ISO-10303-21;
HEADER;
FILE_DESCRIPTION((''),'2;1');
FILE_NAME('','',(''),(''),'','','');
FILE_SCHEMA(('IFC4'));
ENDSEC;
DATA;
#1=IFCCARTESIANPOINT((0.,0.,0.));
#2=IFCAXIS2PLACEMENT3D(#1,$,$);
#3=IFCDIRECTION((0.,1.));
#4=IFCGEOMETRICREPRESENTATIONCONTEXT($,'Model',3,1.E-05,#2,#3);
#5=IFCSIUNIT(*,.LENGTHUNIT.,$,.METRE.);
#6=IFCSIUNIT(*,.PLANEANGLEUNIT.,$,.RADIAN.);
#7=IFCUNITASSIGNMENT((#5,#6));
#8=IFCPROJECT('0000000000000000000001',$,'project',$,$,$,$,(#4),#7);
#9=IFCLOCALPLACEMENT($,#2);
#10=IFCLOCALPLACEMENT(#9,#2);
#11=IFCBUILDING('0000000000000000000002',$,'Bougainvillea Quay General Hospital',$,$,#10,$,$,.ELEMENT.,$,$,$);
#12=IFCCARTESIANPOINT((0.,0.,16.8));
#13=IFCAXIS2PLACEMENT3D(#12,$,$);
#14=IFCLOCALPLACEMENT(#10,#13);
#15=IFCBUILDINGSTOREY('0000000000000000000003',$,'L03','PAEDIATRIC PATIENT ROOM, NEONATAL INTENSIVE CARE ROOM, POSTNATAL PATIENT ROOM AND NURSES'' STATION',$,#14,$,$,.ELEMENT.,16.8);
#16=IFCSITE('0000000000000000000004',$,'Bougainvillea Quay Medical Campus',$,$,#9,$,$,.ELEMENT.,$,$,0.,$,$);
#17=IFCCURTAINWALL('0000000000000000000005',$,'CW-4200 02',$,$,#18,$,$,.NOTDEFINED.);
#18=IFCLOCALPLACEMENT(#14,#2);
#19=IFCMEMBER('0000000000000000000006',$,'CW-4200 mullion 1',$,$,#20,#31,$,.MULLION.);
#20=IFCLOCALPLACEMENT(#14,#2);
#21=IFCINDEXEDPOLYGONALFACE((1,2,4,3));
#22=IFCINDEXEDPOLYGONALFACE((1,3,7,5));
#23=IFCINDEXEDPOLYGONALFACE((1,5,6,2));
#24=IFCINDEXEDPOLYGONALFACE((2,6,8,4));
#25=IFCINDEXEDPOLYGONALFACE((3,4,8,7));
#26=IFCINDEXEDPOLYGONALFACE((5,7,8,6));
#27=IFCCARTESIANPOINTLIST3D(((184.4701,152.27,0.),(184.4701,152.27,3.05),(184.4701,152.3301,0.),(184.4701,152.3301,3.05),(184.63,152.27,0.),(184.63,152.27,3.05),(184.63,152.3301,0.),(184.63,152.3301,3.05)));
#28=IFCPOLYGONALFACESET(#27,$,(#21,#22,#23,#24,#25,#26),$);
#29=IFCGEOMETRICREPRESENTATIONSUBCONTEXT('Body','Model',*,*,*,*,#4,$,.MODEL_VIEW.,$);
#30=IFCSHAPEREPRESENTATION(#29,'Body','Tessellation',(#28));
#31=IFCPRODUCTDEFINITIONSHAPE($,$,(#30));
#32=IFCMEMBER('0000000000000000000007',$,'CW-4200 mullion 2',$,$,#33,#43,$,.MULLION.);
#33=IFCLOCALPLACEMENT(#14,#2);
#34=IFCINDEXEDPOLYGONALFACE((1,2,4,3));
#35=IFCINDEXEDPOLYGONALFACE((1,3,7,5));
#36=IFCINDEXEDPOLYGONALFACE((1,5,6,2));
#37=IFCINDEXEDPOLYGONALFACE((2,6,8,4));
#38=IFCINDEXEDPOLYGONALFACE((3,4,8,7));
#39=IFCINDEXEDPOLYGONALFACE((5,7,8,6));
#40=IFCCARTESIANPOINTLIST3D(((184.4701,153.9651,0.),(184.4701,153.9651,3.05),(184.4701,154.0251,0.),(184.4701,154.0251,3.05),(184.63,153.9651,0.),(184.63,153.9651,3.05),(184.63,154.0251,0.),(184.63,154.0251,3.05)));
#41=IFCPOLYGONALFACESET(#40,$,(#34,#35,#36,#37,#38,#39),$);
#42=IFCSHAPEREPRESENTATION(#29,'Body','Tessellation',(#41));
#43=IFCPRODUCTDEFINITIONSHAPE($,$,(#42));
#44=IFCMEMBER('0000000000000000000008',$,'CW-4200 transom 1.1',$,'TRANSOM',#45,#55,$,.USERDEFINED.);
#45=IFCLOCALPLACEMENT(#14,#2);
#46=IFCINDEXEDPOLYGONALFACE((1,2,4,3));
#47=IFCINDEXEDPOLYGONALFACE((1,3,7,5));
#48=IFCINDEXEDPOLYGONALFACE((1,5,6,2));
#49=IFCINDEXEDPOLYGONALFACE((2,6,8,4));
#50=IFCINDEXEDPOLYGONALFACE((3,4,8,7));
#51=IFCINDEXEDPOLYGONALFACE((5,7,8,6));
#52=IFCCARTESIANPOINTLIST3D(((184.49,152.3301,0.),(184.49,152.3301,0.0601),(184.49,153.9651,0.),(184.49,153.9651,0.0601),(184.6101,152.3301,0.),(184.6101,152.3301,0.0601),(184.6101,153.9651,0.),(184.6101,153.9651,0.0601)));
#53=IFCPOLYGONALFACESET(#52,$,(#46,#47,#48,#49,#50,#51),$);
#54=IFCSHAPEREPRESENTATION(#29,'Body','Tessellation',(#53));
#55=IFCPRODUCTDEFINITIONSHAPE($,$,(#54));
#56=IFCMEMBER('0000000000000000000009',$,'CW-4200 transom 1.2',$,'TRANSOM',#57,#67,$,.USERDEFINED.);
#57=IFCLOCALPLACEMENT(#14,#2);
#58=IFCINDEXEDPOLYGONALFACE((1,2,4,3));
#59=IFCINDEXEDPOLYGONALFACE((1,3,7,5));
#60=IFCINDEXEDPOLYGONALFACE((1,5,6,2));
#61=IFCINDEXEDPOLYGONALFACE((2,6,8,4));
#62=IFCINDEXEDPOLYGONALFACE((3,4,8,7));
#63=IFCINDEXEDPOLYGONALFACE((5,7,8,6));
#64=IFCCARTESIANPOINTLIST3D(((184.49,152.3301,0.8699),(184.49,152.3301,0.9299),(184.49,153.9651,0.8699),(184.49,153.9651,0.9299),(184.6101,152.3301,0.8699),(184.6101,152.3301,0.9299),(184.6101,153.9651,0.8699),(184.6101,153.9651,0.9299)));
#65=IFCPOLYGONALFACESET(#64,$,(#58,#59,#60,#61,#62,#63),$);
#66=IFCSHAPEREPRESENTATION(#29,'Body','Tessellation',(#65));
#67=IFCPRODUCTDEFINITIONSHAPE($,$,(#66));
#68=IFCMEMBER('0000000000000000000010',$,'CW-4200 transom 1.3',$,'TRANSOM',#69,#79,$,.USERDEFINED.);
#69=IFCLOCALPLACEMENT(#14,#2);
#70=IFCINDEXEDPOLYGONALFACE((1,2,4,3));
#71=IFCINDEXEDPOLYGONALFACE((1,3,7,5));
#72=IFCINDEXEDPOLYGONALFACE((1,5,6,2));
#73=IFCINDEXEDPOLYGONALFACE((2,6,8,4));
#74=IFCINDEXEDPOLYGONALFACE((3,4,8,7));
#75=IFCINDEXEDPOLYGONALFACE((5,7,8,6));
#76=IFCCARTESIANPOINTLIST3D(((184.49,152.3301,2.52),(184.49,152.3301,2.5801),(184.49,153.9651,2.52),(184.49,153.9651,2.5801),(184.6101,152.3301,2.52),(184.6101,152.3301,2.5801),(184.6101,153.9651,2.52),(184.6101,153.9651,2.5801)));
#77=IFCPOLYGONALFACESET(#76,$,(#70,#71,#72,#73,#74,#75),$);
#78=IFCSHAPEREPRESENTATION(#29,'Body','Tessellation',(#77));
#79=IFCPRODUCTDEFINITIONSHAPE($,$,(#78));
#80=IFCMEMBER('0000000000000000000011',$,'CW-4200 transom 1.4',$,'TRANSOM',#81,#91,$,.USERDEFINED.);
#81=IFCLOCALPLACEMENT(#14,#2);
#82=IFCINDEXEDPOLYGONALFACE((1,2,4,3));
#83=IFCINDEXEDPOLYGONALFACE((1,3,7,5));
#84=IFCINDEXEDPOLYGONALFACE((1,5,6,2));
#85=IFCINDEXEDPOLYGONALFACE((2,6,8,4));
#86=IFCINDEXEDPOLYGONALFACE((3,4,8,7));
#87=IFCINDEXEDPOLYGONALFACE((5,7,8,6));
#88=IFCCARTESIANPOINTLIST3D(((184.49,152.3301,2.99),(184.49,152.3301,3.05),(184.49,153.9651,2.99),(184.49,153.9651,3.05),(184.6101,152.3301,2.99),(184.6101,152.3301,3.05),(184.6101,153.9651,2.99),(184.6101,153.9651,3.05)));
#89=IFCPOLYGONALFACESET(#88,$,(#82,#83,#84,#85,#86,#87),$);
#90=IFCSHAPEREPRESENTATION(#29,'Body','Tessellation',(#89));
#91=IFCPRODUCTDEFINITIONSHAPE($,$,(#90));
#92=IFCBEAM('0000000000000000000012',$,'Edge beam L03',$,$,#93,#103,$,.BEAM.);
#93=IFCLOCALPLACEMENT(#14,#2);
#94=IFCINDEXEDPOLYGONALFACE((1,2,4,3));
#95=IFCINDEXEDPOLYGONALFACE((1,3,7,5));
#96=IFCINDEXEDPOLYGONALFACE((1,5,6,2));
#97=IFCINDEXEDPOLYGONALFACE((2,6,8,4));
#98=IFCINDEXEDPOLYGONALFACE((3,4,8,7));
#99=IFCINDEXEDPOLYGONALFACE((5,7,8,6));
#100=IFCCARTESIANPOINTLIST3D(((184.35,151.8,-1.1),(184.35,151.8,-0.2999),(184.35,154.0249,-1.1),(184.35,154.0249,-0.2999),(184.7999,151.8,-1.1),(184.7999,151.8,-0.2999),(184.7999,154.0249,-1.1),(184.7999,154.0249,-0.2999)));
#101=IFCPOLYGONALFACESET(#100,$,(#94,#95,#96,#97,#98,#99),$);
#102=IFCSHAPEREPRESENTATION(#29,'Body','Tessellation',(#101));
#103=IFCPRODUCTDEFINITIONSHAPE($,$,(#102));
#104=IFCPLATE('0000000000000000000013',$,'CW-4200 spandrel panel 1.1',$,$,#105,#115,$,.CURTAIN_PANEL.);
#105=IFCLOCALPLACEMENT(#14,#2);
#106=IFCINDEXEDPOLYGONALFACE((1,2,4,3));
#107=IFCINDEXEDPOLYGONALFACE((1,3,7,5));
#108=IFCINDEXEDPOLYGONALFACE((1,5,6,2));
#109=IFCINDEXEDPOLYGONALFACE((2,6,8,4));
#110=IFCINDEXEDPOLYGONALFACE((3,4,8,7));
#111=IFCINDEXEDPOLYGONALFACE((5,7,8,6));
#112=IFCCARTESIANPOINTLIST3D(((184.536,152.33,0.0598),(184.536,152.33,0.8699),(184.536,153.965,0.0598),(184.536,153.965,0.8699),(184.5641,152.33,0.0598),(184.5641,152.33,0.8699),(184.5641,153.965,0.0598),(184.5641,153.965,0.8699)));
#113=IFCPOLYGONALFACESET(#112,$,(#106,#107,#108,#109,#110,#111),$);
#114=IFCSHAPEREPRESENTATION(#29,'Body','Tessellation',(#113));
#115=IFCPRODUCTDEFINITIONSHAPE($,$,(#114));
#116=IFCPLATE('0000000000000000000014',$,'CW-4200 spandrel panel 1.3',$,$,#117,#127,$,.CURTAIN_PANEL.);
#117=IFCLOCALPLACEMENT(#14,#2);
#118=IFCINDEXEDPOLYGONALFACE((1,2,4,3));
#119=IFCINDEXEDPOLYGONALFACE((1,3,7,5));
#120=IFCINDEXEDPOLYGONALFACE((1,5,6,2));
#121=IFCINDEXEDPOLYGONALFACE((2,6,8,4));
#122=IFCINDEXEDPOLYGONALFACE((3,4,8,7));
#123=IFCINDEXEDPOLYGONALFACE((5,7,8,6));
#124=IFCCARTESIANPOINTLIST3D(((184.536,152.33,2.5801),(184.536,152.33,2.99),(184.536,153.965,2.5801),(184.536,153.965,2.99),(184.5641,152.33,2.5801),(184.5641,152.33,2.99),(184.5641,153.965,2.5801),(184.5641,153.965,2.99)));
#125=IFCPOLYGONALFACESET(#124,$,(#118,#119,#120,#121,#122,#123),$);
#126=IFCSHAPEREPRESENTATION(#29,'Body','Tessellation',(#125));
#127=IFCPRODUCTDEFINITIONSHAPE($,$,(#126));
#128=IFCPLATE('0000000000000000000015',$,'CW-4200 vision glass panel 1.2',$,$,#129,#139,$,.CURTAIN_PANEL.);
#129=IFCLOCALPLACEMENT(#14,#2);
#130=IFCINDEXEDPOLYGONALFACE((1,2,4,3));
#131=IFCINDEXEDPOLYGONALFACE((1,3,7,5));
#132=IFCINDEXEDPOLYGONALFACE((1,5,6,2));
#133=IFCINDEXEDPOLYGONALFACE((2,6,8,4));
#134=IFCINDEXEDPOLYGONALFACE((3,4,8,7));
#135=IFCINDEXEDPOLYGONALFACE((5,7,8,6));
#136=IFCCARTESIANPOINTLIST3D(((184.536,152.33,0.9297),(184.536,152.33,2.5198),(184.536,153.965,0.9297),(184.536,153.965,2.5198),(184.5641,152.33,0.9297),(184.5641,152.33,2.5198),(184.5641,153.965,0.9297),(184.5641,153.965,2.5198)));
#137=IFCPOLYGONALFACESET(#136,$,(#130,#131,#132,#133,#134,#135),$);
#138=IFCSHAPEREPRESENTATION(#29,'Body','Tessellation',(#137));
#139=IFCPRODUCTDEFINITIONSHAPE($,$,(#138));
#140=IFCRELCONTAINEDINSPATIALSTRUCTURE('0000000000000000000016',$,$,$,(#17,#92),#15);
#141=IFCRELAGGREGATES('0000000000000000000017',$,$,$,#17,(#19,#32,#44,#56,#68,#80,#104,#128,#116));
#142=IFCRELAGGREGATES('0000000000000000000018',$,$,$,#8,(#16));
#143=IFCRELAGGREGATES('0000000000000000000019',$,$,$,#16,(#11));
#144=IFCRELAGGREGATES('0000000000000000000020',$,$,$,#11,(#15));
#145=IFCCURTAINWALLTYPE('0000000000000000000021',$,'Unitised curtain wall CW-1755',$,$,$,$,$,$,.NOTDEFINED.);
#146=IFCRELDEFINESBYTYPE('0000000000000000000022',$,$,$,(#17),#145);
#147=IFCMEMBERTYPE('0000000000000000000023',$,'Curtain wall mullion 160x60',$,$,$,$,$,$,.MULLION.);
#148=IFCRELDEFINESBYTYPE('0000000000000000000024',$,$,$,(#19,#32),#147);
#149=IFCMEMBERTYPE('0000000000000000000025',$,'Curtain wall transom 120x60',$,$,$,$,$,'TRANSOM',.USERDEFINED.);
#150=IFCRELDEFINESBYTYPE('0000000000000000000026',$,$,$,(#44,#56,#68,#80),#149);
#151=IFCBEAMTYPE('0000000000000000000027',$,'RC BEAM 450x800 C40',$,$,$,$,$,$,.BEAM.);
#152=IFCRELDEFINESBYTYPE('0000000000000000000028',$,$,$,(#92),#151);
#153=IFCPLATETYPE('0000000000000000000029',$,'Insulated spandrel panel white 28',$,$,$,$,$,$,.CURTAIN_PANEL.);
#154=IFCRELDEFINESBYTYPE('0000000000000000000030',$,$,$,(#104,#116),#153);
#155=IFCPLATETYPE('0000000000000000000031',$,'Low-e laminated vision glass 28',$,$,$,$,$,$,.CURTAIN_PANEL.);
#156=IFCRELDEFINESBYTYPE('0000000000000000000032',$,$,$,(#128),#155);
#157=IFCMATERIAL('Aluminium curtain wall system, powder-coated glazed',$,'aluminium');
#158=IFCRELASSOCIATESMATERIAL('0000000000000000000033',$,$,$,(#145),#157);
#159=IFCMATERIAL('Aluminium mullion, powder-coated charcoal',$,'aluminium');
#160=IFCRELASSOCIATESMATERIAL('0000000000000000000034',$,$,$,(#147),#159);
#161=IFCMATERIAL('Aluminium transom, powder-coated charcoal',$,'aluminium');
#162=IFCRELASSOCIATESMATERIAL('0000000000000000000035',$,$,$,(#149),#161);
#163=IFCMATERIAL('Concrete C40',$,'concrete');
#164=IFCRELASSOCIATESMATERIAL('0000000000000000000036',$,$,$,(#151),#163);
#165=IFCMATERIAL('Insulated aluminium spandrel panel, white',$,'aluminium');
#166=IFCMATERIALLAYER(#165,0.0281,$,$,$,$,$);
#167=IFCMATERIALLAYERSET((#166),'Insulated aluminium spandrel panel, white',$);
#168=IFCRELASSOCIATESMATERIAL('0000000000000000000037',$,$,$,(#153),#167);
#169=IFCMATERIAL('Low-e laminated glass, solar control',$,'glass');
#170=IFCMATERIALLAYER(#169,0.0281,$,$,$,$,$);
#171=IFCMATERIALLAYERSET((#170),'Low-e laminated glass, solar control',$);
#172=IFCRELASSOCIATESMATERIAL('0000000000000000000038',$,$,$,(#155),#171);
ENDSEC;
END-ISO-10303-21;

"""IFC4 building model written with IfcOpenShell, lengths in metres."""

from ifc_helpers import new_model, si_unit, direction, frame, origin, origin_2d, place, context, subcontext, project, spatial, rectangle, extrude, material, layer, layer_set, material_profile, profile_set, type_object, element, aggregate, save


model = new_model("IFC4")

# Units and contexts
model_context = context("Model", 3, precision=1e-05, world=origin(), true_north=direction((0.0, 1.0)))
body_context = subcontext(model_context, "Body", "Model", "MODEL_VIEW")
ifc_project = project(units=[si_unit("LENGTHUNIT", "METRE"), si_unit("PLANEANGLEUNIT", "RADIAN")], contexts=[model_context])

# Site, building, storey
site_placement = place(None, origin())
site = spatial("IfcSite", under=ifc_project, at=site_placement, Name="Bougainvillea Quay Medical Campus", CompositionType="ELEMENT", RefElevation=0.0)
building_placement = place(site_placement, origin())
building = spatial("IfcBuilding", under=site, at=building_placement, Name="Bougainvillea Quay General Hospital", CompositionType="ELEMENT")
storey_placement = place(building_placement, frame((0.0, 0.0, 16.8)))
storey = spatial("IfcBuildingStorey", under=building, at=storey_placement, Name="L03", Description="PAEDIATRIC PATIENT ROOM, NEONATAL INTENSIVE CARE ROOM, POSTNATAL PATIENT ROOM AND NURSES' STATION", CompositionType="ELEMENT", Elevation=16.8)

# Curtain wall, members
ifc_material_1 = material(Name="Aluminium curtain wall system, powder-coated glazed", Category="aluminium")
curtain_wall_type = type_object("IfcCurtainWallType", Name="Unitised curtain wall CW-1755", PredefinedType="NOTDEFINED", material=ifc_material_1)
curtain_wall_placement = place(storey_placement, origin())
curtain_wall = element("IfcCurtainWall", 1, at=curtain_wall_placement, inside=storey, type_object=curtain_wall_type, Name="CW-4200 02", PredefinedType="NOTDEFINED")
ifc_material_2 = material(Name="Aluminium mullion, powder-coated charcoal", Category="aluminium")
ifc_material_profile_1 = material_profile(ifc_material_2, rectangle(XDim=0.1599, YDim=0.0601, at=origin_2d()))
ifc_profile_set_1 = profile_set([ifc_material_profile_1], Name="Aluminium mullion, powder-coated charcoal")
member_type_1 = type_object("IfcMemberType", Name="Curtain wall mullion 160x60", PredefinedType="MULLION", material=ifc_profile_set_1)
member_1_placement = place(storey_placement, frame((184.55, 152.3, 0.0), z_axis=(0.0, 0.0, 1.0), x_axis=(-1.0, 0.0, 0.0)))
member_1 = element("IfcMember", 2, at=member_1_placement, type_object=member_type_1, Name="CW-4200 mullion 1", PredefinedType="MULLION", context=body_context, shape_type="SweptSolid", body=[
    extrude(rectangle(XDim=0.1599, YDim=0.0601, at=origin_2d()), origin(), (0.0, 0.0, 1.0), 3.05),
])
member_2_placement = place(storey_placement, frame((184.55, 153.9951, 0.0), z_axis=(0.0, 0.0, 1.0), x_axis=(-1.0, 0.0, 0.0)))
member_2 = element("IfcMember", 3, at=member_2_placement, type_object=member_type_1, Name="CW-4200 mullion 2", PredefinedType="MULLION", context=body_context, shape_type="SweptSolid", body=[
    extrude(rectangle(XDim=0.1599, YDim=0.0601, at=origin_2d()), origin(), (0.0, 0.0, 1.0), 3.05),
])
ifc_material_3 = material(Name="Aluminium transom, powder-coated charcoal", Category="aluminium")
ifc_material_profile_2 = material_profile(ifc_material_3, rectangle(XDim=0.1201, YDim=0.0601, at=origin_2d()))
ifc_profile_set_2 = profile_set([ifc_material_profile_2], Name="Aluminium transom, powder-coated charcoal")
member_type_2 = type_object("IfcMemberType", Name="Curtain wall transom 120x60", ElementType="TRANSOM", PredefinedType="USERDEFINED", material=ifc_profile_set_2)
member_3_placement = place(storey_placement, frame((184.55, 152.3301, 0.03), z_axis=(0.0, 1.0, 0.0), x_axis=(-1.0, 0.0, 0.0)))
member_3 = element("IfcMember", 4, at=member_3_placement, type_object=member_type_2, Name="CW-4200 transom 1.1", ObjectType="TRANSOM", PredefinedType="USERDEFINED", context=body_context, shape_type="SweptSolid", body=[
    extrude(rectangle(XDim=0.1201, YDim=0.0601, at=origin_2d()), origin(), (0.0, 0.0, 1.0), 1.635),
])
member_4_placement = place(storey_placement, frame((184.55, 152.3301, 0.8999), z_axis=(0.0, 1.0, 0.0), x_axis=(-1.0, 0.0, 0.0)))
member_4 = element("IfcMember", 5, at=member_4_placement, type_object=member_type_2, Name="CW-4200 transom 1.2", ObjectType="TRANSOM", PredefinedType="USERDEFINED", context=body_context, shape_type="SweptSolid", body=[
    extrude(rectangle(XDim=0.1201, YDim=0.0601, at=origin_2d()), origin(), (0.0, 0.0, 1.0), 1.635),
])
member_5_placement = place(storey_placement, frame((184.55, 152.3301, 2.55), z_axis=(0.0, 1.0, 0.0), x_axis=(-1.0, 0.0, 0.0)))
member_5 = element("IfcMember", 6, at=member_5_placement, type_object=member_type_2, Name="CW-4200 transom 1.3", ObjectType="TRANSOM", PredefinedType="USERDEFINED", context=body_context, shape_type="SweptSolid", body=[
    extrude(rectangle(XDim=0.1201, YDim=0.0601, at=origin_2d()), origin(), (0.0, 0.0, 1.0), 1.635),
])
member_6_placement = place(storey_placement, frame((184.55, 152.3301, 3.02), z_axis=(0.0, 1.0, 0.0), x_axis=(-1.0, 0.0, 0.0)))
member_6 = element("IfcMember", 7, at=member_6_placement, type_object=member_type_2, Name="CW-4200 transom 1.4", ObjectType="TRANSOM", PredefinedType="USERDEFINED", context=body_context, shape_type="SweptSolid", body=[
    extrude(rectangle(XDim=0.1201, YDim=0.0601, at=origin_2d()), origin(), (0.0, 0.0, 1.0), 1.635),
])

# Beam
ifc_material_4 = material(Name="Concrete C40", Category="concrete")
ifc_material_profile_3 = material_profile(ifc_material_4, rectangle(XDim=0.45, YDim=0.8, at=origin_2d()))
ifc_profile_set_3 = profile_set([ifc_material_profile_3], Name="Concrete C40")
beam_type = type_object("IfcBeamType", Name="RC BEAM 450x800 C40", PredefinedType="BEAM", material=ifc_profile_set_3)
beam_placement = place(storey_placement, frame((184.575, 151.8, -0.7), z_axis=(0.0, 1.0, 0.0), x_axis=(-1.0, 0.0, 0.0)))
element("IfcBeam", 8, at=beam_placement, inside=storey, type_object=beam_type, Name="Edge beam L03", PredefinedType="BEAM", context=body_context, shape_type="SweptSolid", body=[
    extrude(rectangle(XDim=0.45, YDim=0.8, at=origin_2d()), origin(), (0.0, 0.0, 1.0), 2.2249),
])

# Plates
ifc_material_5 = material(Name="Insulated aluminium spandrel panel, white", Category="aluminium")
ifc_layer_1 = layer(ifc_material_5, 0.0281)
ifc_layer_set_1 = layer_set([ifc_layer_1], Name="Insulated aluminium spandrel panel, white")
plate_type_1 = type_object("IfcPlateType", Name="Insulated spandrel panel white 28", PredefinedType="CURTAIN_PANEL", material=ifc_layer_set_1)
plate_1_placement = place(storey_placement, frame((184.55, 153.1475, 0.0598), z_axis=(0.0, 0.0, 1.0), x_axis=(0.0, 1.0, 0.0)))
plate_1 = element("IfcPlate", 9, at=plate_1_placement, type_object=plate_type_1, Name="CW-4200 spandrel panel 1.1", PredefinedType="CURTAIN_PANEL", context=body_context, shape_type="SweptSolid", body=[
    extrude(rectangle(XDim=1.635, YDim=0.0281, at=origin_2d()), origin(), (0.0, 0.0, 1.0), 0.8101),
])
plate_2_placement = place(storey_placement, frame((184.55, 153.1475, 2.5801), z_axis=(0.0, 0.0, 1.0), x_axis=(0.0, 1.0, 0.0)))
plate_2 = element("IfcPlate", 10, at=plate_2_placement, type_object=plate_type_1, Name="CW-4200 spandrel panel 1.3", PredefinedType="CURTAIN_PANEL", context=body_context, shape_type="SweptSolid", body=[
    extrude(rectangle(XDim=1.635, YDim=0.0281, at=origin_2d()), origin(), (0.0, 0.0, 1.0), 0.4099),
])
ifc_material_6 = material(Name="Low-e laminated glass, solar control", Category="glass")
ifc_layer_2 = layer(ifc_material_6, 0.0281)
ifc_layer_set_2 = layer_set([ifc_layer_2], Name="Low-e laminated glass, solar control")
plate_type_2 = type_object("IfcPlateType", Name="Low-e laminated vision glass 28", PredefinedType="CURTAIN_PANEL", material=ifc_layer_set_2)
plate_3_placement = place(storey_placement, frame((184.55, 153.1475, 0.9297), z_axis=(0.0, 0.0, 1.0), x_axis=(0.0, 1.0, 0.0)))
plate_3 = element("IfcPlate", 11, at=plate_3_placement, type_object=plate_type_2, Name="CW-4200 vision glass panel 1.2", PredefinedType="CURTAIN_PANEL", context=body_context, shape_type="SweptSolid", body=[
    extrude(rectangle(XDim=1.635, YDim=0.0281, at=origin_2d()), origin(), (0.0, 0.0, 1.0), 1.5901),
])
aggregate(curtain_wall, [member_1, member_2, member_3, member_4, member_5, member_6, plate_1, plate_3, plate_2])

save(model, "model.ifc")
